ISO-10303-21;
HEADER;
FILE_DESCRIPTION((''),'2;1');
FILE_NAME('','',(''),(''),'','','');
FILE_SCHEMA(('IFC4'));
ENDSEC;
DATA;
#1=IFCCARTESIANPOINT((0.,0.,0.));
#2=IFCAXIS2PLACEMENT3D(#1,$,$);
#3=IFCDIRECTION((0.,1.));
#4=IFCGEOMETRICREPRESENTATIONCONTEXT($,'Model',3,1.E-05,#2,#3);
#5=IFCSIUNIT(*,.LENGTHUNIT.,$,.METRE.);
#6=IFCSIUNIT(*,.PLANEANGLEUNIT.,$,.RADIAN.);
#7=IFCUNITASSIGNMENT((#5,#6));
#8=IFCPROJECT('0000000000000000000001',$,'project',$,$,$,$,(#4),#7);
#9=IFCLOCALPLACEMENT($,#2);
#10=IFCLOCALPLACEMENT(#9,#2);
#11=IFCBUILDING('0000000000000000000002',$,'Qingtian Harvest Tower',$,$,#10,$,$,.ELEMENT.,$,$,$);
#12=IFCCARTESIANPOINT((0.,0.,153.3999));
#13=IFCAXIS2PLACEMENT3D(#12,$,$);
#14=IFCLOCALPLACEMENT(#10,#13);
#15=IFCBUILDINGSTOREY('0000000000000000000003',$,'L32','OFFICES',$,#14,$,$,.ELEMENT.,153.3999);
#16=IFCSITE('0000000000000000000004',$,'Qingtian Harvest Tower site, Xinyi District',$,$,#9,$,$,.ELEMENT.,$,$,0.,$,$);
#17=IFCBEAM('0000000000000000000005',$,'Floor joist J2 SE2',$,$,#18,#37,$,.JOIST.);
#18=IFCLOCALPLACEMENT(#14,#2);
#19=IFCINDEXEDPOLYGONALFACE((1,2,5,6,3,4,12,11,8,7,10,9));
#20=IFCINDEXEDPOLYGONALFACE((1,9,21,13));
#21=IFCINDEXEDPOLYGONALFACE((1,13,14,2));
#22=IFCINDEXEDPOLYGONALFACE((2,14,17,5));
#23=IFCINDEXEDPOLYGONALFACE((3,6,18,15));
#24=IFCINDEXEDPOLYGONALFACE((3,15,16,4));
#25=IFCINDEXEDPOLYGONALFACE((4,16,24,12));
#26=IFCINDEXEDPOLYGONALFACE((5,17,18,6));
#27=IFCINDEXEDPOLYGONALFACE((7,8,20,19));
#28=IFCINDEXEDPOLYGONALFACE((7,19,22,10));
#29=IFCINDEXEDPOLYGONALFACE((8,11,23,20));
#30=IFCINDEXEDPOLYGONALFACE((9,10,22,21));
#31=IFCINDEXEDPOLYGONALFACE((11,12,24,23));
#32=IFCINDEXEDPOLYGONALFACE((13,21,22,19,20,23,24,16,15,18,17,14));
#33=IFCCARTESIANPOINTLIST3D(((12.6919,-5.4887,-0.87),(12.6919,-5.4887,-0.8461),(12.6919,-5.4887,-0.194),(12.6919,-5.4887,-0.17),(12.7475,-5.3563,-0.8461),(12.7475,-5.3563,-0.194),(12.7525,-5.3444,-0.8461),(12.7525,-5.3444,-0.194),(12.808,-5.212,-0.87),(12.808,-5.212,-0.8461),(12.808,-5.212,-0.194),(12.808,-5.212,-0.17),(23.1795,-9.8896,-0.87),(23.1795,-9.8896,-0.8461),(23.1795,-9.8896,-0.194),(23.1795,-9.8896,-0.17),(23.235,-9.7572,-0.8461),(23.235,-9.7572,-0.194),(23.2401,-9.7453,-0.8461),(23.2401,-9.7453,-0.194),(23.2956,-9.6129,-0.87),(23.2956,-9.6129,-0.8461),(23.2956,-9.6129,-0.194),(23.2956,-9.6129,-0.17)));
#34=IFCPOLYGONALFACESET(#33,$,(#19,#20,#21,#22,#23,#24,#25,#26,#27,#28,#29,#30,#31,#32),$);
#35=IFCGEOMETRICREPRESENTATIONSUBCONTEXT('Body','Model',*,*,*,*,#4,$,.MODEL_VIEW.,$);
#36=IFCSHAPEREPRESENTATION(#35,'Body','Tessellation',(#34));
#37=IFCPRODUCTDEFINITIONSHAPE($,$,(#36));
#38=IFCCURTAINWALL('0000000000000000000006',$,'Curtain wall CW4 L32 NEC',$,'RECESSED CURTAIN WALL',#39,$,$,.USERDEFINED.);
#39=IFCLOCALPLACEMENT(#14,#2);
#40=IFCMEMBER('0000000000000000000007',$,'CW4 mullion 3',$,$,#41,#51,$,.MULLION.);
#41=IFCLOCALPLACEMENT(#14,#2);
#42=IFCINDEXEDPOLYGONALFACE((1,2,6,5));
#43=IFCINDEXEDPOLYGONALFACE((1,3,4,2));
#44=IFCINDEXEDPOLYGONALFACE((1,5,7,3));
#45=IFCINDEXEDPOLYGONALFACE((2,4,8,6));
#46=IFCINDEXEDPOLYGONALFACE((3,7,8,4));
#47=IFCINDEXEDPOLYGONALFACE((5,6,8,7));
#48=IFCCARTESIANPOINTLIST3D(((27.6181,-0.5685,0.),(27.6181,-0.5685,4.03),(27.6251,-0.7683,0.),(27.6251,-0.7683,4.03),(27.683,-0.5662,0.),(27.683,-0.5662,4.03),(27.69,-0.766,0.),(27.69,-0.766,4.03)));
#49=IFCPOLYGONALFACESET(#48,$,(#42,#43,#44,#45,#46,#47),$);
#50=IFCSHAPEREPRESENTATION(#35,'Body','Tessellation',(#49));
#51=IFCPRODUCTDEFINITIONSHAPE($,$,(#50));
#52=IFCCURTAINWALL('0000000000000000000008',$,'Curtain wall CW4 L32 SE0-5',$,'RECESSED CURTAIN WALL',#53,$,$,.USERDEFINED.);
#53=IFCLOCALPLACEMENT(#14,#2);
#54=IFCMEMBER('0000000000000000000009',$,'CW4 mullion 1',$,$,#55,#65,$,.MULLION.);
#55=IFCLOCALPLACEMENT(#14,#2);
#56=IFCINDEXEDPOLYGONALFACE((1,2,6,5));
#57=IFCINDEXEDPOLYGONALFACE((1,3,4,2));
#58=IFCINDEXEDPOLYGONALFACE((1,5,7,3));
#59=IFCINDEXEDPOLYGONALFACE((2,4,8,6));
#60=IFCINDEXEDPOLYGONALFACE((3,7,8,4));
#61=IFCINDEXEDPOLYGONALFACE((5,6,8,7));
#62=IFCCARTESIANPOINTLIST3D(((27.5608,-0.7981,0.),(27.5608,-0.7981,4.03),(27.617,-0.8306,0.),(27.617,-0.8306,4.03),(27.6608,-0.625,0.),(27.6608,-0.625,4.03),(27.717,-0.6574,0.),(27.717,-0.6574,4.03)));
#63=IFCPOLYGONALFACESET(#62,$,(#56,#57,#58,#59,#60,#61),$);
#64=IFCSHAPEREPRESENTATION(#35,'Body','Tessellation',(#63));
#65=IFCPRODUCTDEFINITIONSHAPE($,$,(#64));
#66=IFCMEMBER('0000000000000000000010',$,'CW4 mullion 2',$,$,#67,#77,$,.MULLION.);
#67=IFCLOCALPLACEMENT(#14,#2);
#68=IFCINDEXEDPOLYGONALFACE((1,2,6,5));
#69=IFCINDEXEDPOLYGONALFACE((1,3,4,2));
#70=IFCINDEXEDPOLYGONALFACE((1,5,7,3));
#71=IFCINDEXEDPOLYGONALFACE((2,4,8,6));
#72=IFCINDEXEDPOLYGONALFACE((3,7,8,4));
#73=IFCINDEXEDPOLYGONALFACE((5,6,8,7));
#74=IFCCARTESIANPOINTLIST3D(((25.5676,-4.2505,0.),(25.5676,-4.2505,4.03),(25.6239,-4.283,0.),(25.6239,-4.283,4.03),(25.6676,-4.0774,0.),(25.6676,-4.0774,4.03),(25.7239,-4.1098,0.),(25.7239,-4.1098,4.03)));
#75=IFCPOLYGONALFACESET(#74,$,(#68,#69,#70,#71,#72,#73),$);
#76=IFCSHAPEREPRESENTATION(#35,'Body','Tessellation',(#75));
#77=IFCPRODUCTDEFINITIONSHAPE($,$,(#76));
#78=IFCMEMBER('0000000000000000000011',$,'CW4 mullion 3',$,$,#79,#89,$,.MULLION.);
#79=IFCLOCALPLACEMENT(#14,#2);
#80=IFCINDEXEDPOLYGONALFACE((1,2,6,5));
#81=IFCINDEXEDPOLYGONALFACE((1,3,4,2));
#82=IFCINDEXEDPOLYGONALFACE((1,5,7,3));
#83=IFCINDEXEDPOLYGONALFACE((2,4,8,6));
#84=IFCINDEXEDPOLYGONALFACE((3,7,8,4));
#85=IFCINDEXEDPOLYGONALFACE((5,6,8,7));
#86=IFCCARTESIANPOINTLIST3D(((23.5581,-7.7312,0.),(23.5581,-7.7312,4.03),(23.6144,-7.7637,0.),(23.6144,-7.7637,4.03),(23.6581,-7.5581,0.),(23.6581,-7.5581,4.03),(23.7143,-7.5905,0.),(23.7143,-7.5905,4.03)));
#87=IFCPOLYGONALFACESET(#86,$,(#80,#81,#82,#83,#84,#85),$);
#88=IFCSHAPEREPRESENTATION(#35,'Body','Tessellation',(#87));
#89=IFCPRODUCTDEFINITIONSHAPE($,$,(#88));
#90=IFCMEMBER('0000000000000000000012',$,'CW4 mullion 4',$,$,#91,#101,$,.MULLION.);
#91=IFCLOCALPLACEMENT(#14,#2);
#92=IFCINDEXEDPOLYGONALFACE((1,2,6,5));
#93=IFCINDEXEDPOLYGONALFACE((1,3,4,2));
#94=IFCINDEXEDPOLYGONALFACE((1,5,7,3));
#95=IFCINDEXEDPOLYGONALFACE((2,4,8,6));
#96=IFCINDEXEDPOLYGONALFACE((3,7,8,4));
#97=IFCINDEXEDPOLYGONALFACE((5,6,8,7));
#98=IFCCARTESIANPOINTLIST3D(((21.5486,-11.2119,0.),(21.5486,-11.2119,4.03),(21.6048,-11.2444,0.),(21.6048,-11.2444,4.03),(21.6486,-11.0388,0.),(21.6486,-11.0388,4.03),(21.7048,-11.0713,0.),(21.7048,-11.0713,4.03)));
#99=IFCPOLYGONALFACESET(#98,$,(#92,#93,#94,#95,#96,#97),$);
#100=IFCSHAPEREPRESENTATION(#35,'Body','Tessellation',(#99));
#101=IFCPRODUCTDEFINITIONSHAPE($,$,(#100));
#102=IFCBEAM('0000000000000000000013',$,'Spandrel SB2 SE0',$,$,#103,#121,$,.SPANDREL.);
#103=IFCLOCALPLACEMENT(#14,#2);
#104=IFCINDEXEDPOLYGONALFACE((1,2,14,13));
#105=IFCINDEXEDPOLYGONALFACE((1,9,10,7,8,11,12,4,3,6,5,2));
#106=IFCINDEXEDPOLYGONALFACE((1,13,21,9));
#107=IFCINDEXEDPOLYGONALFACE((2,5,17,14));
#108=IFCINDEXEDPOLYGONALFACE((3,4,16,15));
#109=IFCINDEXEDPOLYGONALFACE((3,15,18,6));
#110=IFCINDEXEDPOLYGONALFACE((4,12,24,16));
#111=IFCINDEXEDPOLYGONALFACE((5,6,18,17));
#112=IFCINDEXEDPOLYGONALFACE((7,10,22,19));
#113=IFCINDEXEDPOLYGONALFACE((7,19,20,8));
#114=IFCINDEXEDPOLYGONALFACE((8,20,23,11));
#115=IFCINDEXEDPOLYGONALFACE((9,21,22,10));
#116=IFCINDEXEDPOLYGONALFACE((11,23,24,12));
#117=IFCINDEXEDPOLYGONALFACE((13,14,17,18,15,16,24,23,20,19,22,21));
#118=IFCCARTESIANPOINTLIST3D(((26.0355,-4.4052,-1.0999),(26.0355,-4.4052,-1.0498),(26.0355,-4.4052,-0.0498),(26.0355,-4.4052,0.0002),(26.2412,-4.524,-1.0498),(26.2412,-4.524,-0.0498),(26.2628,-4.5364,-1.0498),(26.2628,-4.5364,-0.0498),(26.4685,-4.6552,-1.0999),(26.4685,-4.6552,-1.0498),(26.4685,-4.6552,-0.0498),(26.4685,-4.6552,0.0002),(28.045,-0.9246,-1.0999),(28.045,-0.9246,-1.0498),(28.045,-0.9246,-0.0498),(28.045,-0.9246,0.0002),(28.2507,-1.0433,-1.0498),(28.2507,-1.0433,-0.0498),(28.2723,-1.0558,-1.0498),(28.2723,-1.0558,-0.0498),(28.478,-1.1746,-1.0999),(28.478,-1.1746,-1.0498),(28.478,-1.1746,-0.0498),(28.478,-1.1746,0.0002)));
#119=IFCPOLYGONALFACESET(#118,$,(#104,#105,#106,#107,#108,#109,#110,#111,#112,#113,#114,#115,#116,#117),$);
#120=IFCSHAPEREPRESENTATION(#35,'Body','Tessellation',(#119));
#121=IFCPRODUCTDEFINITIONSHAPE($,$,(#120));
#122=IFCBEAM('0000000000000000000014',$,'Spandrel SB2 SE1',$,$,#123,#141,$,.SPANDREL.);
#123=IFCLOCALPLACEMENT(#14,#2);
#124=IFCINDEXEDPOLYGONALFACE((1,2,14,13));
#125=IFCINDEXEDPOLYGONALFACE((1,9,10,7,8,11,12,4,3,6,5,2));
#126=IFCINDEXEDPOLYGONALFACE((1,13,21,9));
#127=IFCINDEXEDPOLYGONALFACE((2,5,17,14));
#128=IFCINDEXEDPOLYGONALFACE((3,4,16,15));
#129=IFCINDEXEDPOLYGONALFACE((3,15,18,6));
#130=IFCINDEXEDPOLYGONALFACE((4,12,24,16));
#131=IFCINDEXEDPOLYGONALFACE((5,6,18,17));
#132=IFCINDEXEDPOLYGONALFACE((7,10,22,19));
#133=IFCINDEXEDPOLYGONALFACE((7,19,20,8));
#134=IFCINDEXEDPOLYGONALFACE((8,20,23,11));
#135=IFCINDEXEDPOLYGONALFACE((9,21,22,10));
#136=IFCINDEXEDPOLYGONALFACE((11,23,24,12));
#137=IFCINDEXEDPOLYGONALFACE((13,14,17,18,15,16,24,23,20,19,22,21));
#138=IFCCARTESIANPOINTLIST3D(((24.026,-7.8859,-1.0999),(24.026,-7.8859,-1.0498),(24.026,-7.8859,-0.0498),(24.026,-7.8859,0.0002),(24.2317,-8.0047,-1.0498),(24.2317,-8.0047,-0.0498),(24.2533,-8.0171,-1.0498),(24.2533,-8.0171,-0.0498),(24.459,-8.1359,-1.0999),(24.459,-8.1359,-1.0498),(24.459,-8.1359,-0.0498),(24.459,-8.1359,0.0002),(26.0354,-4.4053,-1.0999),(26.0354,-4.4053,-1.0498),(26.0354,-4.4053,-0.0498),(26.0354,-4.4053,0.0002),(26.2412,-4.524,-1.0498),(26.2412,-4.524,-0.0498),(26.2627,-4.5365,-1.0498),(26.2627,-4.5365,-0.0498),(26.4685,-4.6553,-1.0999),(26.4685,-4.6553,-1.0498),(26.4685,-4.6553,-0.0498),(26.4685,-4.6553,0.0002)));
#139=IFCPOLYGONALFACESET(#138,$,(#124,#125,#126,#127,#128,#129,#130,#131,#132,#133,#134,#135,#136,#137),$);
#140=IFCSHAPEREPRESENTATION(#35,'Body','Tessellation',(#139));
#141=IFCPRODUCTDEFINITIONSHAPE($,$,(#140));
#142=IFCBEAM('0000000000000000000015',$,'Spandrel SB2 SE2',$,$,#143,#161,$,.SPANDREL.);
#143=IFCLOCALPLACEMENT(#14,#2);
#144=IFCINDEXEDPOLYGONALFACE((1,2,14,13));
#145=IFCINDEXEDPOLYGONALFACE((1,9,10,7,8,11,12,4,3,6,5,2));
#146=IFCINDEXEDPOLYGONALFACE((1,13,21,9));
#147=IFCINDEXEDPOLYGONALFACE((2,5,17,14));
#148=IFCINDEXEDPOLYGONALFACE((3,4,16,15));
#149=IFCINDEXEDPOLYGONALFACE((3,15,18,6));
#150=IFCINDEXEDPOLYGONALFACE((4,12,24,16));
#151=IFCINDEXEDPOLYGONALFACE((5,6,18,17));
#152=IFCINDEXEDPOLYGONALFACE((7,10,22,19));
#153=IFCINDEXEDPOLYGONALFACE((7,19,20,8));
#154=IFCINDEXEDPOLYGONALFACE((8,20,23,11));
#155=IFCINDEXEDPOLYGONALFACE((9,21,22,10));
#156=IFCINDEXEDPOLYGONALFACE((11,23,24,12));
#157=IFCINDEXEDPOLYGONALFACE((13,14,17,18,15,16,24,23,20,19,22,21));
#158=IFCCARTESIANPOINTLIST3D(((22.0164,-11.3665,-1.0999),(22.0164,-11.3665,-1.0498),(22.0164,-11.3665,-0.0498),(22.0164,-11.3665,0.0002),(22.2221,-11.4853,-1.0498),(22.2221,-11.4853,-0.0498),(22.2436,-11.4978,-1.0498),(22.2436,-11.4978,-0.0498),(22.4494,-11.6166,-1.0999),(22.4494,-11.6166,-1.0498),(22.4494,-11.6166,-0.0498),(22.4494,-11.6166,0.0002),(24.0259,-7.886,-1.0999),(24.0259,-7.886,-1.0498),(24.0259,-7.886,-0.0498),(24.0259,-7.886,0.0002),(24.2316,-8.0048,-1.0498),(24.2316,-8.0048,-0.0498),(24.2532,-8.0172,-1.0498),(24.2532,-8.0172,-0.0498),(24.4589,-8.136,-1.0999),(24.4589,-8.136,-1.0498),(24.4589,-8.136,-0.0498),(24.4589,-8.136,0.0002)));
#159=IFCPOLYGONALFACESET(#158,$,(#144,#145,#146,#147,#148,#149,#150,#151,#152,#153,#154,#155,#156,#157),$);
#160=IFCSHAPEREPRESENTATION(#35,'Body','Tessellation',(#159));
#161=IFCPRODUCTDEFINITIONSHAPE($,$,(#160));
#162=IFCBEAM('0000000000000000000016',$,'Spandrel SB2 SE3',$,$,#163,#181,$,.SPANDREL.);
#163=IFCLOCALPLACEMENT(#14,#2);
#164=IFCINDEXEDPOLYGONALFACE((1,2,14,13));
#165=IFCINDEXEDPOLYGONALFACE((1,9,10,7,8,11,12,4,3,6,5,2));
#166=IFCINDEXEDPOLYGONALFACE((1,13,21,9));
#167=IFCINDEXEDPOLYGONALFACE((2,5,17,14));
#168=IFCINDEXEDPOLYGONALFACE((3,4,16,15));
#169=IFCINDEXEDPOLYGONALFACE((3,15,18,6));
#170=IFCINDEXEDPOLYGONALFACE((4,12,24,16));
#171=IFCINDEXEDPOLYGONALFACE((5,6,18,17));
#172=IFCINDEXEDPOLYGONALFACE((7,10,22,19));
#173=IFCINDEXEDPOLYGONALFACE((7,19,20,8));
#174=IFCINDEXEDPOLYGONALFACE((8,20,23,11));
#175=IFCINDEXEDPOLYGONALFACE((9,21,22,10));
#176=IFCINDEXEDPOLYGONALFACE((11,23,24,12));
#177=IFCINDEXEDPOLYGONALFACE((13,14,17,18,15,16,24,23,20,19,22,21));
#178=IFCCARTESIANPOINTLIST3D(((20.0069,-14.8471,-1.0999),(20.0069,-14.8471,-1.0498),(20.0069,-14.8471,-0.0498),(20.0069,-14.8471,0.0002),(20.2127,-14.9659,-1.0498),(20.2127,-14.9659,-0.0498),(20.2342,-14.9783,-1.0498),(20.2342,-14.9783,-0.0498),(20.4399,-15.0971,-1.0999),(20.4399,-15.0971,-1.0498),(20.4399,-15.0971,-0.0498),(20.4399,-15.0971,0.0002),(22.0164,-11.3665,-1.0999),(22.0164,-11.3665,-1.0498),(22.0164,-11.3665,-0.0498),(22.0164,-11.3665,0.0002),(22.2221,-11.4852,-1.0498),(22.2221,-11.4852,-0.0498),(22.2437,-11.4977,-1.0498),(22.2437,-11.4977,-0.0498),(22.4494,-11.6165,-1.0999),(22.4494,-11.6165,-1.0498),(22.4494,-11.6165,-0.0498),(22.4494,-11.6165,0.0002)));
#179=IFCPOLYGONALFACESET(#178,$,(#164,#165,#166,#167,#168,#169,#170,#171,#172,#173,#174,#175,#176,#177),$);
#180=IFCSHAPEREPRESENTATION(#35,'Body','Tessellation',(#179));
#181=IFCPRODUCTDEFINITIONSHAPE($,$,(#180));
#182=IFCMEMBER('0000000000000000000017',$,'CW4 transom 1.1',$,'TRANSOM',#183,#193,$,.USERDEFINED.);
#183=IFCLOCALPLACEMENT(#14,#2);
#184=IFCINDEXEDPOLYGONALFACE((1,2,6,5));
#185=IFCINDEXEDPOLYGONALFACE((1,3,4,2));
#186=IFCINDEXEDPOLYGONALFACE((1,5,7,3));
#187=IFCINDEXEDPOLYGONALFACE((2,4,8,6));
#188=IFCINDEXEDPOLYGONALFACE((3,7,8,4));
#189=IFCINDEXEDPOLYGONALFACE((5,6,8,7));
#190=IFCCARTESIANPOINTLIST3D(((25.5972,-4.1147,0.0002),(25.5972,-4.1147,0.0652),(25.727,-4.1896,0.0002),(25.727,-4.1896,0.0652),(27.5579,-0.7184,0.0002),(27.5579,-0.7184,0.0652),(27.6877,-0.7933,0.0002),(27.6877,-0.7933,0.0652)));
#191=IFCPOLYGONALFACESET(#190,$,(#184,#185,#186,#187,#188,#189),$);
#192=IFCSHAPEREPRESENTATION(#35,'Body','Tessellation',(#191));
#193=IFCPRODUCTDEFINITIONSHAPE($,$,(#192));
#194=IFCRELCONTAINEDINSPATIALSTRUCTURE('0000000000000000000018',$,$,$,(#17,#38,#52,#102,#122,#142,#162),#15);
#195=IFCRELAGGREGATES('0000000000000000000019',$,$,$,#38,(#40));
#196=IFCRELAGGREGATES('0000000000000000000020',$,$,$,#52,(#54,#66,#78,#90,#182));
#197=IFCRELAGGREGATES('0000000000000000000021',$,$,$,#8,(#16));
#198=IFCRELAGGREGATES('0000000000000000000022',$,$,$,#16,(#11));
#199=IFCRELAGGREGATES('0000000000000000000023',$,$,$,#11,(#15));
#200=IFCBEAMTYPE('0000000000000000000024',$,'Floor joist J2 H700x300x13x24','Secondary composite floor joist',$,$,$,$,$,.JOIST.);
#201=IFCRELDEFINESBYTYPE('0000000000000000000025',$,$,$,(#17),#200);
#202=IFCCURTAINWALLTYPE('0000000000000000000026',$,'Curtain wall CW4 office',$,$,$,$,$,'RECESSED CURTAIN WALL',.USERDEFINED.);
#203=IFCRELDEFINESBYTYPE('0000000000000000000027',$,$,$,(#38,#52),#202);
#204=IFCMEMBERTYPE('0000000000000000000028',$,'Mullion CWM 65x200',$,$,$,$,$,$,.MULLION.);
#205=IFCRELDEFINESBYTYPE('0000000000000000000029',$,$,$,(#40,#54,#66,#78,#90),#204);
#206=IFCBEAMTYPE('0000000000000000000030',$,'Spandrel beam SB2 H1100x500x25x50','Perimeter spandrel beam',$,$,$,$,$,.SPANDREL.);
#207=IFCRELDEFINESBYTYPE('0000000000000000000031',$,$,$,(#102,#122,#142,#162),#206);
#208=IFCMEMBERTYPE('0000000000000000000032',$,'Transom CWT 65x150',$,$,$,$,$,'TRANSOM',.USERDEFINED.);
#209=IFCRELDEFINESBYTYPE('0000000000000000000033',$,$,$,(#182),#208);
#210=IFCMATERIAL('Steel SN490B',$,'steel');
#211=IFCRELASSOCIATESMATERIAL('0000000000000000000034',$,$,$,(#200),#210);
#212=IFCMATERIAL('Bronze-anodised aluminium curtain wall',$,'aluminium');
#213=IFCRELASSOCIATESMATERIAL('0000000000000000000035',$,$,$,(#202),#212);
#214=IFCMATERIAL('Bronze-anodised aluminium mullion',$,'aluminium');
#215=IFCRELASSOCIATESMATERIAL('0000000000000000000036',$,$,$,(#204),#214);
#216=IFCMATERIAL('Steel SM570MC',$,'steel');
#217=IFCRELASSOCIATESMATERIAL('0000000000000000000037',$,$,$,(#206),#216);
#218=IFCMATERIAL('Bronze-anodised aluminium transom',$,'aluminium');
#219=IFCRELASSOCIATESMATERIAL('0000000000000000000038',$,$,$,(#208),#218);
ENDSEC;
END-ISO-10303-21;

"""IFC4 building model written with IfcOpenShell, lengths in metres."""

from ifc_helpers import new_model, si_unit, direction, frame, origin, origin_2d, place, context, subcontext, project, spatial, rectangle, i_section, extrude, material, material_profile, profile_set, type_object, element, aggregate, save


model = new_model("IFC4")

# Units and contexts
model_context = context("Model", 3, precision=1e-05, world=origin(), true_north=direction((0.0, 1.0)))
body_context = subcontext(model_context, "Body", "Model", "MODEL_VIEW")
ifc_project = project(units=[si_unit("LENGTHUNIT", "METRE"), si_unit("PLANEANGLEUNIT", "RADIAN")], contexts=[model_context])

# Site, building, storey
site_placement = place(None, origin())
site = spatial("IfcSite", under=ifc_project, at=site_placement, Name="Qingtian Harvest Tower site, Xinyi District", CompositionType="ELEMENT", RefElevation=0.0)
building_placement = place(site_placement, origin())
building = spatial("IfcBuilding", under=site, at=building_placement, Name="Qingtian Harvest Tower", CompositionType="ELEMENT")
storey_placement = place(building_placement, frame((0.0, 0.0, 153.3999)))
storey = spatial("IfcBuildingStorey", under=building, at=storey_placement, Name="L32", Description="OFFICES", CompositionType="ELEMENT", Elevation=153.3999)

# Beam
ifc_material_1 = material(Name="Steel SN490B", Category="steel")
ifc_material_profile_1 = material_profile(ifc_material_1, i_section(OverallWidth=0.3, OverallDepth=0.7, WebThickness=0.0129, FlangeThickness=0.0239, at=origin_2d()), Name="H700x300x13x24")
ifc_profile_set_1 = profile_set([ifc_material_profile_1], Name="Steel SN490B")
beam_type_1 = type_object("IfcBeamType", Name="Floor joist J2 H700x300x13x24", Description="Secondary composite floor joist", PredefinedType="JOIST", material=ifc_profile_set_1)
beam_1_placement = place(storey_placement, frame((23.2375, -9.7512, -0.52), z_axis=(-0.922104, 0.386942, 0.0), x_axis=(-0.386942, -0.922104, 0.0)))
element("IfcBeam", 1, at=beam_1_placement, inside=storey, type_object=beam_type_1, Name="Floor joist J2 SE2", PredefinedType="JOIST", context=body_context, shape_type="SweptSolid", body=[
    extrude(i_section(OverallWidth=0.3, OverallDepth=0.7, WebThickness=0.0129, FlangeThickness=0.0239, at=origin_2d()), origin(), (0.0, 0.0, 1.0), 11.3735),
])

# Curtain wall, member
ifc_material_2 = material(Name="Bronze-anodised aluminium curtain wall", Category="aluminium")
curtain_wall_type = type_object("IfcCurtainWallType", Name="Curtain wall CW4 office", ElementType="RECESSED CURTAIN WALL", PredefinedType="USERDEFINED", material=ifc_material_2)
curtain_wall_1_placement = place(storey_placement, origin())
curtain_wall_1 = element("IfcCurtainWall", 2, at=curtain_wall_1_placement, inside=storey, type_object=curtain_wall_type, Name="Curtain wall CW4 L32 NEC", ObjectType="RECESSED CURTAIN WALL", PredefinedType="USERDEFINED")
ifc_material_3 = material(Name="Bronze-anodised aluminium mullion", Category="aluminium")
ifc_material_profile_2 = material_profile(ifc_material_3, rectangle(XDim=0.0649, YDim=0.2, at=origin_2d()), Name="AL 65x200")
ifc_profile_set_2 = profile_set([ifc_material_profile_2], Name="Bronze-anodised aluminium mullion")
member_type_1 = type_object("IfcMemberType", Name="Mullion CWM 65x200", PredefinedType="MULLION", material=ifc_profile_set_2)
member_1_placement = place(storey_placement, frame((27.6541, -0.6672, 0.0), z_axis=(0.0, 0.0, 1.0), x_axis=(0.999391, 0.034899, 0.0)))
member_1 = element("IfcMember", 3, at=member_1_placement, type_object=member_type_1, Name="CW4 mullion 3", PredefinedType="MULLION", context=body_context, shape_type="SweptSolid", body=[
    extrude(rectangle(XDim=0.0649, YDim=0.2, at=origin_2d()), origin(), (0.0, 0.0, 1.0), 4.03),
])
aggregate(curtain_wall_1, [member_1])

# Curtain wall, members
curtain_wall_2_placement = place(storey_placement, origin())
curtain_wall_2 = element("IfcCurtainWall", 4, at=curtain_wall_2_placement, inside=storey, type_object=curtain_wall_type, Name="Curtain wall CW4 L32 SE0-5", ObjectType="RECESSED CURTAIN WALL", PredefinedType="USERDEFINED")
member_2_placement = place(storey_placement, frame((27.6389, -0.7278, 0.0), z_axis=(0.0, 0.0, 1.0), x_axis=(0.866025, -0.5, 0.0)))
member_2 = element("IfcMember", 5, at=member_2_placement, type_object=member_type_1, Name="CW4 mullion 1", PredefinedType="MULLION", context=body_context, shape_type="SweptSolid", body=[
    extrude(rectangle(XDim=0.0649, YDim=0.2, at=origin_2d()), origin(), (0.0, 0.0, 1.0), 4.03),
])
member_3_placement = place(storey_placement, frame((25.6458, -4.1802, 0.0), z_axis=(0.0, 0.0, 1.0), x_axis=(0.866025, -0.5, 0.0)))
member_3 = element("IfcMember", 6, at=member_3_placement, type_object=member_type_1, Name="CW4 mullion 2", PredefinedType="MULLION", context=body_context, shape_type="SweptSolid", body=[
    extrude(rectangle(XDim=0.0649, YDim=0.2, at=origin_2d()), origin(), (0.0, 0.0, 1.0), 4.03),
])
member_4_placement = place(storey_placement, frame((23.6362, -7.6609, 0.0), z_axis=(0.0, 0.0, 1.0), x_axis=(0.866025, -0.5, 0.0)))
member_4 = element("IfcMember", 7, at=member_4_placement, type_object=member_type_1, Name="CW4 mullion 3", PredefinedType="MULLION", context=body_context, shape_type="SweptSolid", body=[
    extrude(rectangle(XDim=0.0649, YDim=0.2, at=origin_2d()), origin(), (0.0, 0.0, 1.0), 4.03),
])
member_5_placement = place(storey_placement, frame((21.6267, -11.1416, 0.0), z_axis=(0.0, 0.0, 1.0), x_axis=(0.866025, -0.5, 0.0)))
member_5 = element("IfcMember", 8, at=member_5_placement, type_object=member_type_1, Name="CW4 mullion 4", PredefinedType="MULLION", context=body_context, shape_type="SweptSolid", body=[
    extrude(rectangle(XDim=0.0649, YDim=0.2, at=origin_2d()), origin(), (0.0, 0.0, 1.0), 4.03),
])

# Beams
ifc_material_4 = material(Name="Steel SM570MC", Category="steel")
ifc_material_profile_3 = material_profile(ifc_material_4, i_section(OverallWidth=0.5, OverallDepth=1.1001, WebThickness=0.0249, FlangeThickness=0.05, at=origin_2d()), Name="H1100x500x25x50")
ifc_profile_set_3 = profile_set([ifc_material_profile_3], Name="Steel SM570MC")
beam_type_2 = type_object("IfcBeamType", Name="Spandrel beam SB2 H1100x500x25x50", Description="Perimeter spandrel beam", PredefinedType="SPANDREL", material=ifc_profile_set_3)
for number, where, z_axis, x_axis, name in (
    (9, (28.2615, -1.0496, -0.5498), (-0.499987, -0.866033, 0.0), (0.866033, -0.499987, 0.0), "Spandrel SB2 SE0"),
    (10, (26.252, -4.5303, -0.5498), (-0.499987, -0.866033, 0.0), (0.866033, -0.499987, 0.0), "Spandrel SB2 SE1"),
    (11, (24.2424, -8.011, -0.5498), (-0.500013, -0.866018, 0.0), (0.866018, -0.500013, 0.0), "Spandrel SB2 SE2"),
    (12, (22.2329, -11.4915, -0.5498), (-0.499987, -0.866033, 0.0), (0.866033, -0.499987, 0.0), "Spandrel SB2 SE3"),
):
    element("IfcBeam", number, at=place(storey_placement, frame(where, z_axis=z_axis, x_axis=x_axis)), inside=storey, type_object=beam_type_2, Name=name, PredefinedType="SPANDREL", context=body_context, shape_type="SweptSolid", body=[
        extrude(i_section(OverallWidth=0.5, OverallDepth=1.1001, WebThickness=0.0249, FlangeThickness=0.05, at=origin_2d()), origin(), (0.0, 0.0, 1.0), 4.019),
    ])

# Member
ifc_material_5 = material(Name="Bronze-anodised aluminium transom", Category="aluminium")
ifc_material_profile_4 = material_profile(ifc_material_5, rectangle(XDim=0.1499, YDim=0.0649, at=origin_2d()), Name="AL 65x150")
ifc_profile_set_4 = profile_set([ifc_material_profile_4], Name="Bronze-anodised aluminium transom")
member_type_2 = type_object("IfcMemberType", Name="Transom CWT 65x150", ElementType="TRANSOM", PredefinedType="USERDEFINED", material=ifc_profile_set_4)
member_6_placement = place(storey_placement, frame((27.6228, -0.7559, 0.0327), z_axis=(-0.499976, -0.866039, 0.0), x_axis=(0.866039, -0.499976, 0.0)))
member_6 = element("IfcMember", 13, at=member_6_placement, type_object=member_type_2, Name="CW4 transom 1.1", ObjectType="TRANSOM", PredefinedType="USERDEFINED", context=body_context, shape_type="SweptSolid", body=[
    extrude(rectangle(XDim=0.1499, YDim=0.0649, at=origin_2d()), origin(), (0.0, 0.0, 1.0), 3.9216),
])

aggregate(curtain_wall_2, [member_2, member_3, member_4, member_5, member_6])

save(model, "model.ifc")
